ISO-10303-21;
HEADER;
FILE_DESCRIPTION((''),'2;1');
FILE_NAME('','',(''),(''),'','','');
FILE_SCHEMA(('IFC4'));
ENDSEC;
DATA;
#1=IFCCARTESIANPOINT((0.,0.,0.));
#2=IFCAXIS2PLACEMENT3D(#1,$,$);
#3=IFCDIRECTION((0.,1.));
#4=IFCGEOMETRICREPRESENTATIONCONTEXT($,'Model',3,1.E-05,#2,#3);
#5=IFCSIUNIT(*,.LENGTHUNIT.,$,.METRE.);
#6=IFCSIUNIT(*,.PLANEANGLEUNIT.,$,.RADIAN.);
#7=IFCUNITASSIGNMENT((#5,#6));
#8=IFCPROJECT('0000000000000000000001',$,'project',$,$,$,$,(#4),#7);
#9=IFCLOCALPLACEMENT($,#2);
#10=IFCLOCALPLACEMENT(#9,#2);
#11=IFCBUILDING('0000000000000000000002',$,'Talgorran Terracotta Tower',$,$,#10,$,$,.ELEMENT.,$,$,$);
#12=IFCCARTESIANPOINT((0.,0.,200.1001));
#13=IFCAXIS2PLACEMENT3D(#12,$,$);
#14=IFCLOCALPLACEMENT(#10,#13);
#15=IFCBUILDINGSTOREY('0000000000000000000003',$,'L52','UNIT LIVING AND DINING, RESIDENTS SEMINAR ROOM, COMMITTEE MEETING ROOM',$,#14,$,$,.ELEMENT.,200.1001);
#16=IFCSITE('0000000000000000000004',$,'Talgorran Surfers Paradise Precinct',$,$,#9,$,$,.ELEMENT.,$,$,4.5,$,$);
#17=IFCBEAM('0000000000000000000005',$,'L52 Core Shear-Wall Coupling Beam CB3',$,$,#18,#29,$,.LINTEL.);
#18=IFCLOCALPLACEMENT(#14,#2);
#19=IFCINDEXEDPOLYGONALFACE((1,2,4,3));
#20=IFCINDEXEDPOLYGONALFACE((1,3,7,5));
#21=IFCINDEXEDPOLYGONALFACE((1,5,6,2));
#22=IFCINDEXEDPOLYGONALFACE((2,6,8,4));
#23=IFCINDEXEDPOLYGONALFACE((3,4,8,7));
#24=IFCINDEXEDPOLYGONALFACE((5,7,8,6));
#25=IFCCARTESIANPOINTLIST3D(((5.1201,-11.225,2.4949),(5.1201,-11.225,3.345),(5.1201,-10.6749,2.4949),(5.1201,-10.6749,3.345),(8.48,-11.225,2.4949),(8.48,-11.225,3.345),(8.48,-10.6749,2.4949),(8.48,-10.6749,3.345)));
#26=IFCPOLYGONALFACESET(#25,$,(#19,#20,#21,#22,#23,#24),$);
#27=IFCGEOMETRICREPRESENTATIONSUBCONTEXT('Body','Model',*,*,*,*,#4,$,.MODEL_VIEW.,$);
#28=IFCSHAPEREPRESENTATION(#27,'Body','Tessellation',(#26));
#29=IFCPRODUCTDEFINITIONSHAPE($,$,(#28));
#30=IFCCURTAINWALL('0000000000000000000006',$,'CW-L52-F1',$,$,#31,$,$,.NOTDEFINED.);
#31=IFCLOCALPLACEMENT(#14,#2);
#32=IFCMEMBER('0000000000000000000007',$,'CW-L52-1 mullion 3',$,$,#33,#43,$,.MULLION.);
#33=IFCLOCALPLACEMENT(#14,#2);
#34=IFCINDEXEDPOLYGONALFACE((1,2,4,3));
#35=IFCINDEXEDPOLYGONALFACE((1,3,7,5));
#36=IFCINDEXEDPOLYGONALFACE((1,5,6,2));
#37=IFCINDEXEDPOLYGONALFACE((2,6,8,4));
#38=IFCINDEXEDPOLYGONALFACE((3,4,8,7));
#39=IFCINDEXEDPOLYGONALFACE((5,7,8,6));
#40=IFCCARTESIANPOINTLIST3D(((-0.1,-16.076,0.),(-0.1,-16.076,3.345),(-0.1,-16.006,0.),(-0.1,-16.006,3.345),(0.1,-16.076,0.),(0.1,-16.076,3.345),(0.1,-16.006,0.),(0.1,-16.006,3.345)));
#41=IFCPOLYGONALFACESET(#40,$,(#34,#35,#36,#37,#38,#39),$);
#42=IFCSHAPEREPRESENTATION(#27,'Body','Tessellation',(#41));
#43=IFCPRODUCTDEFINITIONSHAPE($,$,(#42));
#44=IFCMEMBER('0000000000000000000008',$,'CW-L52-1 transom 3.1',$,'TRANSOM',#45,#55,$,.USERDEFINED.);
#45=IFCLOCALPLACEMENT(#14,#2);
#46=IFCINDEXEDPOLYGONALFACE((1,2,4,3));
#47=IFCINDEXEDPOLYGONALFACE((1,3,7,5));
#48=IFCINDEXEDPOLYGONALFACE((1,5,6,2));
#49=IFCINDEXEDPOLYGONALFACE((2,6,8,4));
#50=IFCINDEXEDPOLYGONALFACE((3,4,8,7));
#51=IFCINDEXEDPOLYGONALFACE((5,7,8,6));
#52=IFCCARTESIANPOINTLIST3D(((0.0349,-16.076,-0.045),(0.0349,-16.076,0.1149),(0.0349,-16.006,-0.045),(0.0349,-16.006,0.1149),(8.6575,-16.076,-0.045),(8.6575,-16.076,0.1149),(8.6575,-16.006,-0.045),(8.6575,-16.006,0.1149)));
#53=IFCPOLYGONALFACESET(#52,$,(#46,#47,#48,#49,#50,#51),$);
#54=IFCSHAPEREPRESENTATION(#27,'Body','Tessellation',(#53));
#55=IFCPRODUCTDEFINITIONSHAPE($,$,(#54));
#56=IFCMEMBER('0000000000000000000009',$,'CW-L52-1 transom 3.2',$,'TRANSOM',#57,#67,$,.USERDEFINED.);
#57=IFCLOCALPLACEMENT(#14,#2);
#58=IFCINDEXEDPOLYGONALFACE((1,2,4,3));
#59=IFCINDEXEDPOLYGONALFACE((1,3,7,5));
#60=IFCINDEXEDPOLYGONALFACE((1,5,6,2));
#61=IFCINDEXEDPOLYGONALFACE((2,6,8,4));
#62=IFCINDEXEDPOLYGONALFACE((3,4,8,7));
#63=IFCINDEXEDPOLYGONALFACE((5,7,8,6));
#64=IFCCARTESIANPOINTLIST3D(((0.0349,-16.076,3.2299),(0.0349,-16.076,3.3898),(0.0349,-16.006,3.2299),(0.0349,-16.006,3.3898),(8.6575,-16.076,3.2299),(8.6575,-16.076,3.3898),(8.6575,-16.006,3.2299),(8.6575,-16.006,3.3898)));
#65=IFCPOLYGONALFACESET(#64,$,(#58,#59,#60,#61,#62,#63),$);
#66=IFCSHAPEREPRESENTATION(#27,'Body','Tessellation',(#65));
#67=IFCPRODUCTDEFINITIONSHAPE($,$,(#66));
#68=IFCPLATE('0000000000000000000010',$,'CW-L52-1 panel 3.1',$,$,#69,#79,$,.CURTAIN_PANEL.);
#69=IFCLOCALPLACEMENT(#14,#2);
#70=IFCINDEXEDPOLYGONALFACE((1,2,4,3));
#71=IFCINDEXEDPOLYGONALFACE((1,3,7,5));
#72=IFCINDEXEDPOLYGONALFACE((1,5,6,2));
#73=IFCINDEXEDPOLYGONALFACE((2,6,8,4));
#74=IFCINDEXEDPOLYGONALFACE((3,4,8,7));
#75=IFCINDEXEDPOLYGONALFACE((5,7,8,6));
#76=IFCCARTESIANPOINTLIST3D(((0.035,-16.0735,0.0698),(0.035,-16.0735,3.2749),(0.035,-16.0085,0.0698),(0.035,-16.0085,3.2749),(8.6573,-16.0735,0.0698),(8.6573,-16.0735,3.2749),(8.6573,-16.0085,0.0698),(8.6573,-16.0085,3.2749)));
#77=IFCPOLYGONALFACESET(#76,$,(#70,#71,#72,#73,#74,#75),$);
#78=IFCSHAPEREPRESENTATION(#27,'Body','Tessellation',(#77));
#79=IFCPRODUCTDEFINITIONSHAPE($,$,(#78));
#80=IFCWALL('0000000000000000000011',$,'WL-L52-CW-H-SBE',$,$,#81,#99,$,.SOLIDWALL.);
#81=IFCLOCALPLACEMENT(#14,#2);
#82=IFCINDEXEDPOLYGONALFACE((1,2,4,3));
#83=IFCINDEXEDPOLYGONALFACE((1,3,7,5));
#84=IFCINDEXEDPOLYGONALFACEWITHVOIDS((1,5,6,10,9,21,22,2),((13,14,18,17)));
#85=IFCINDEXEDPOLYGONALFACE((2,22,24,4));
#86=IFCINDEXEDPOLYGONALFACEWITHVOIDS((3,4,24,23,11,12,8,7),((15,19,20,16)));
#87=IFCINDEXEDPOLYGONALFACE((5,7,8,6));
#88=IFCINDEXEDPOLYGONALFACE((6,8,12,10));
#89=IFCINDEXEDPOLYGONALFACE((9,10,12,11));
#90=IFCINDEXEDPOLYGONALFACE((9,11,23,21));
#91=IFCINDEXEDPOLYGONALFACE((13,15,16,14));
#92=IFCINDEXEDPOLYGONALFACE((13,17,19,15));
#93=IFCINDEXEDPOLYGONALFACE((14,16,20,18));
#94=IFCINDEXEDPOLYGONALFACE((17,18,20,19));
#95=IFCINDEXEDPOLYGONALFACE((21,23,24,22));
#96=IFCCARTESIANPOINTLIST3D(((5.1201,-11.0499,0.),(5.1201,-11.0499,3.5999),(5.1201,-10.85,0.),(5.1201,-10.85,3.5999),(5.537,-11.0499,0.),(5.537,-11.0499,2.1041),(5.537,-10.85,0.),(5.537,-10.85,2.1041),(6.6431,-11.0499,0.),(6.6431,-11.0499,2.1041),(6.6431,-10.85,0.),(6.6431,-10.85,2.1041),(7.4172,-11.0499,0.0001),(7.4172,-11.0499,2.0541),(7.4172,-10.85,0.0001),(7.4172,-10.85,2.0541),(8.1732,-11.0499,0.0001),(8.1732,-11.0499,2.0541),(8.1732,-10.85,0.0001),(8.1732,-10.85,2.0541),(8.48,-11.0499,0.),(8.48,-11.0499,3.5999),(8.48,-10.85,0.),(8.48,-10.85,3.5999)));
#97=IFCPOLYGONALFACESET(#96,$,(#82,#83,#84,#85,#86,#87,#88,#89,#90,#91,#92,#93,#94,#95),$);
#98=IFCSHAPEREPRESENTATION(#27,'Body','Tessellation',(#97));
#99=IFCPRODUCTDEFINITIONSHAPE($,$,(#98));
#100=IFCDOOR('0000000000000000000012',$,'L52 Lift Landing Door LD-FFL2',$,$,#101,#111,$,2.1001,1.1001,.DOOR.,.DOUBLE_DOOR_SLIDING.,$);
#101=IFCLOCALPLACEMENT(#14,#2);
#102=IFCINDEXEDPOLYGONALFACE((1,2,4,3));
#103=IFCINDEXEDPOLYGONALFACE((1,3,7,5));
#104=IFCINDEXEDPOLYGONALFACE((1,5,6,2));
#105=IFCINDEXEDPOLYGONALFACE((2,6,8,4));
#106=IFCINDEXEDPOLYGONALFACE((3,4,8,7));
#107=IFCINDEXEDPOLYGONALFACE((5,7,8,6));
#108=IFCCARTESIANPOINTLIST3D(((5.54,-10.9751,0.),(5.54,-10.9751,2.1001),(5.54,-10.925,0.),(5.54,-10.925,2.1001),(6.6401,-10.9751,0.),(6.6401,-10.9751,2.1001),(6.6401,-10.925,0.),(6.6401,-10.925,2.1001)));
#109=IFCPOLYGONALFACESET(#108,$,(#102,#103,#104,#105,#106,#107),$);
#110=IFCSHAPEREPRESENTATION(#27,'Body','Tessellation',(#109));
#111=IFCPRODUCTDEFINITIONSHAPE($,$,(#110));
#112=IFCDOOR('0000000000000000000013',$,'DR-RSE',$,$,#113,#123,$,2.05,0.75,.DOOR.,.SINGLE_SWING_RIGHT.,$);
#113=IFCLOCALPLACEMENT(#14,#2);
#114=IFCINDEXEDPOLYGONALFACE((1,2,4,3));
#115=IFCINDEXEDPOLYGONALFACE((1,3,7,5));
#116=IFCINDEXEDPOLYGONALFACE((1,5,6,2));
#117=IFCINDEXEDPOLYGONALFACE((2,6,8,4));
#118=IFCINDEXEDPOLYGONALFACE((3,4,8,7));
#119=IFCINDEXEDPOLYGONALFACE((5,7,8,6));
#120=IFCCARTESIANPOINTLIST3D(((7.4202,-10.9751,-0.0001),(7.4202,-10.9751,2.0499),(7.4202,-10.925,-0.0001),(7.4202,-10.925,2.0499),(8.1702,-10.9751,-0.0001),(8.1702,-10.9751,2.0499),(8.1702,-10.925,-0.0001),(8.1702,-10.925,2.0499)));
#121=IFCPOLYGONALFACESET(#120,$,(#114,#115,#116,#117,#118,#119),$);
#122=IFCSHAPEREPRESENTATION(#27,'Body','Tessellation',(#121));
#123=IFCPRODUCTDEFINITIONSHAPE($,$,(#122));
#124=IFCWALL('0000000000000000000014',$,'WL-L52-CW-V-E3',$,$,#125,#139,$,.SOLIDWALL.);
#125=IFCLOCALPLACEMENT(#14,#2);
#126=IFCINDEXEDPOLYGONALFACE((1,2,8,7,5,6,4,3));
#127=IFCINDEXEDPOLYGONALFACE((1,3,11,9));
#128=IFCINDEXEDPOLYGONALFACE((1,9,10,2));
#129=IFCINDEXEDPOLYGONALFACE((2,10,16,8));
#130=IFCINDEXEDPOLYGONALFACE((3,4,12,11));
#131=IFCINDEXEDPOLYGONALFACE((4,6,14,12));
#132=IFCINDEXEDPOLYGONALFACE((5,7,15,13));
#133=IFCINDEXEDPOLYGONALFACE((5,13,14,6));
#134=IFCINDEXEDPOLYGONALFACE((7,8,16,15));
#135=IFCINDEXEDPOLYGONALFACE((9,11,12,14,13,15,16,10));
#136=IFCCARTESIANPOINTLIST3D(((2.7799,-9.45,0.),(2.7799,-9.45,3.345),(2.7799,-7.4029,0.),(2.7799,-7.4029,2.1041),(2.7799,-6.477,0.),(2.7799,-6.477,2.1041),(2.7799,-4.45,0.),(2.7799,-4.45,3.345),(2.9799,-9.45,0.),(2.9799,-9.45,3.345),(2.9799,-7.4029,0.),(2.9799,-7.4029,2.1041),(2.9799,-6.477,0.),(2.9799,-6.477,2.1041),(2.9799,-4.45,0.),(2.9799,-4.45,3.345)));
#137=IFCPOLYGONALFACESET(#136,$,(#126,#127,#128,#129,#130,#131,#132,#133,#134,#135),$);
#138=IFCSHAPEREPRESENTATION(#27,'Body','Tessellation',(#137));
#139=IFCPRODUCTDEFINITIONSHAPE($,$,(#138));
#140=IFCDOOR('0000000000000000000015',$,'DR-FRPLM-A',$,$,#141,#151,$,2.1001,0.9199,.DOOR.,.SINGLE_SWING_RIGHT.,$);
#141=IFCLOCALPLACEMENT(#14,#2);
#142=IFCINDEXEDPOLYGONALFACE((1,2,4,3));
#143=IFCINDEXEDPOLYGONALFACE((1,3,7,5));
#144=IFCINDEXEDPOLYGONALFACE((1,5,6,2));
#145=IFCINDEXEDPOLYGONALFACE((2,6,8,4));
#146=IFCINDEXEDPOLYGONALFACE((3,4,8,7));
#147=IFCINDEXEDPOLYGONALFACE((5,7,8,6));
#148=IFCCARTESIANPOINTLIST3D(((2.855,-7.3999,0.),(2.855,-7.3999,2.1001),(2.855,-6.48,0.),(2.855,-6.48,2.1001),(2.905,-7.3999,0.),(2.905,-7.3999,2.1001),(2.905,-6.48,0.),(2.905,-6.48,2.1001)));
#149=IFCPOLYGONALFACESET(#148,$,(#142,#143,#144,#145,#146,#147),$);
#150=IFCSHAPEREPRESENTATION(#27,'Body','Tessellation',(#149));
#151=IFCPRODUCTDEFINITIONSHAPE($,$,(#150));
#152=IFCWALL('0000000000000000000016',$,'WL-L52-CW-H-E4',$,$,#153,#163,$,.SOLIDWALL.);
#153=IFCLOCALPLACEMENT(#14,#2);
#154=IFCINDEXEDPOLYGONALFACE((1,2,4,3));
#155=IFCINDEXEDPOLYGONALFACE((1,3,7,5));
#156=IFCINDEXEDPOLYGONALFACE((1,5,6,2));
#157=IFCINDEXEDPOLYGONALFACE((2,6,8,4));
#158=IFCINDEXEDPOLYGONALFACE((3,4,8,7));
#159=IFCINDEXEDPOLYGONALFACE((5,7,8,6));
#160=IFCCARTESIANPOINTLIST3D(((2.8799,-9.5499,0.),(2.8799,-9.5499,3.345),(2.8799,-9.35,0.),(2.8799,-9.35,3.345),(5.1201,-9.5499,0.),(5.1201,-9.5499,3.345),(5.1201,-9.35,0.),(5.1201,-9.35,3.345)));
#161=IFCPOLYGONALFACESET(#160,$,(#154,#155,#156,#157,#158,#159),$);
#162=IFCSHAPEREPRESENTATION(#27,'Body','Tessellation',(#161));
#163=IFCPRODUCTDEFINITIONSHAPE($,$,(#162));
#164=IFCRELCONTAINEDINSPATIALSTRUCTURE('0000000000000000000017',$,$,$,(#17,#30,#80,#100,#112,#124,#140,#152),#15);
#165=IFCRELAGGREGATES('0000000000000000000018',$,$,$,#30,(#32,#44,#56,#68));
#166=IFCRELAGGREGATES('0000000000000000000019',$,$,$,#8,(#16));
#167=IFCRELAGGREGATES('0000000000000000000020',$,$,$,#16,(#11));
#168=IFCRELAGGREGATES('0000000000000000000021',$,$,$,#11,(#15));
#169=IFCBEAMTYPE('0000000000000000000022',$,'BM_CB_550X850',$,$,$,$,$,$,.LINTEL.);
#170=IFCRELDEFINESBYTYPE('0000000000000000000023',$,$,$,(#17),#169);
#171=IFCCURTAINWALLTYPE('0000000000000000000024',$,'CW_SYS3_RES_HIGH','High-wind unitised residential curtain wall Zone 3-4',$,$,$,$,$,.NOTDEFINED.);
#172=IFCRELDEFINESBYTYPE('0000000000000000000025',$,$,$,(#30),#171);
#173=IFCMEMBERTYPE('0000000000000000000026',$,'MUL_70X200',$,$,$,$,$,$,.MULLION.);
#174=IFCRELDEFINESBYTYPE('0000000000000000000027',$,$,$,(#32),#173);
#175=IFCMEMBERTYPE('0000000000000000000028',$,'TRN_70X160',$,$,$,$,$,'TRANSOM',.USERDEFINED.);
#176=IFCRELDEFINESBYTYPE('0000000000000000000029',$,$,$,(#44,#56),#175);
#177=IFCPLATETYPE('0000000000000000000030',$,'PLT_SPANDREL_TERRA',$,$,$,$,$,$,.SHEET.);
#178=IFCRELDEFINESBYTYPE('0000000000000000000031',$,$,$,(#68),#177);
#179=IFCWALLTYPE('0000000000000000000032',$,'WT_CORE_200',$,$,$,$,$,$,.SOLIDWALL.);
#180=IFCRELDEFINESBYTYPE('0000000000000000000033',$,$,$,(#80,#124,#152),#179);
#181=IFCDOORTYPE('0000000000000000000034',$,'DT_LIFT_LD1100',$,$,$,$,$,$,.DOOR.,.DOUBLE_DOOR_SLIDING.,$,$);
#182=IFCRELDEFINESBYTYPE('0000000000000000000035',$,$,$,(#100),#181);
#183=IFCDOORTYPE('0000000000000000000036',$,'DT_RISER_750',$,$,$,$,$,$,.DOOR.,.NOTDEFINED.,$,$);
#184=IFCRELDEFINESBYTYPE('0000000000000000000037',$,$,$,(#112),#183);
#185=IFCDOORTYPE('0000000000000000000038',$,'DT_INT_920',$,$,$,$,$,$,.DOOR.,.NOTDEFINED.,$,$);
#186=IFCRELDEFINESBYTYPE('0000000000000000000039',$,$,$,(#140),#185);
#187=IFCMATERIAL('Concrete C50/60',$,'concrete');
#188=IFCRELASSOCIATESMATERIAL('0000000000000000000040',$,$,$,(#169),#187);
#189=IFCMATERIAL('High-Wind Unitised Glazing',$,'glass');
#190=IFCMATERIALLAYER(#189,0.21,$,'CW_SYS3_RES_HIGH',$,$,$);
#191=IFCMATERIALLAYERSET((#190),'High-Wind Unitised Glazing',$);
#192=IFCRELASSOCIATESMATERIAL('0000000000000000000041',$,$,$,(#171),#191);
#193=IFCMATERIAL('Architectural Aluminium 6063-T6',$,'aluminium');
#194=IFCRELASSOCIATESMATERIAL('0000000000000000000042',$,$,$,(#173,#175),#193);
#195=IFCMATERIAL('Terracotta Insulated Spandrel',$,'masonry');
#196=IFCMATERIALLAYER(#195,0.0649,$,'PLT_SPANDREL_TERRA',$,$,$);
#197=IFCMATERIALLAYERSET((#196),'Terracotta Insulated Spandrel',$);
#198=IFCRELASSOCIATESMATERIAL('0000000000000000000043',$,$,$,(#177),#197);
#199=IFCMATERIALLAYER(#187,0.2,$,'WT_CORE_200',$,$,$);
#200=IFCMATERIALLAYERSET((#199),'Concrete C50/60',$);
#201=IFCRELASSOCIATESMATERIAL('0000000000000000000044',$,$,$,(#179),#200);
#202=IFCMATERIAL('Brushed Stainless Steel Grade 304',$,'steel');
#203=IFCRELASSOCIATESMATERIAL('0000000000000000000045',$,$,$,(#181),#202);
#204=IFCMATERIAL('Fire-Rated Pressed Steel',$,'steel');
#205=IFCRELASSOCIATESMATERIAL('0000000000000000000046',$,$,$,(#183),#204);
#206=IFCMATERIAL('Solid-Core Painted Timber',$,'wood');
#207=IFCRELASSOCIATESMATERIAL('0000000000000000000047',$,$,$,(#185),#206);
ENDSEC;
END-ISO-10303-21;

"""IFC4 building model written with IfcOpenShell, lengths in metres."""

from ifc_helpers import new_model, si_unit, direction, frame, frame_2d, origin, origin_2d, place, context, subcontext, project, spatial, rectangle, extrude, source, transform, mapped, material, layer, layer_set, material_profile, profile_set, type_object, type_shapes, element, fill, aggregate, save


model = new_model("IFC4")

# Units and contexts
model_context = context("Model", 3, precision=1e-05, world=origin(), true_north=direction((0.0, 1.0)))
body_context = subcontext(model_context, "Body", "Model", "MODEL_VIEW")
ifc_project = project(units=[si_unit("LENGTHUNIT", "METRE"), si_unit("PLANEANGLEUNIT", "RADIAN")], contexts=[model_context])

# Site, building, storey
site_placement = place(None, origin())
site = spatial("IfcSite", under=ifc_project, at=site_placement, Name="Talgorran Surfers Paradise Precinct", CompositionType="ELEMENT", RefElevation=4.5)
building_placement = place(site_placement, origin())
building = spatial("IfcBuilding", under=site, at=building_placement, Name="Talgorran Terracotta Tower", CompositionType="ELEMENT")
storey_placement = place(building_placement, frame((0.0, 0.0, 200.1001)))
storey = spatial("IfcBuildingStorey", under=building, at=storey_placement, Name="L52", Description="UNIT LIVING AND DINING, RESIDENTS SEMINAR ROOM, COMMITTEE MEETING ROOM", CompositionType="ELEMENT", Elevation=200.1001)

# Beam
ifc_material_1 = material(Name="Concrete C50/60", Category="concrete")
ifc_material_profile_1 = material_profile(ifc_material_1, rectangle(XDim=0.55, YDim=0.8501, at=origin_2d()), Name="RCCB550X850")
ifc_profile_set_1 = profile_set([ifc_material_profile_1], Name="Concrete C50/60")
beam_type = type_object("IfcBeamType", Name="BM_CB_550X850", PredefinedType="LINTEL", material=ifc_profile_set_1)
beam_placement = place(storey_placement, frame((5.1201, -10.95, 2.9199), z_axis=(1.0, 0.0, 0.0), x_axis=(0.0, 1.0, 0.0)))
element("IfcBeam", 1, at=beam_placement, inside=storey, type_object=beam_type, Name="L52 Core Shear-Wall Coupling Beam CB3", PredefinedType="LINTEL", context=body_context, shape_type="SweptSolid", body=[
    extrude(rectangle(XDim=0.55, YDim=0.8501, at=origin_2d()), origin(), (0.0, 0.0, 1.0), 3.3599),
])

# Curtain wall, members, plate
ifc_material_2 = material(Name="High-Wind Unitised Glazing", Category="glass")
ifc_layer_1 = layer(ifc_material_2, 0.21, Name="CW_SYS3_RES_HIGH")
ifc_layer_set_1 = layer_set([ifc_layer_1], Name="High-Wind Unitised Glazing")
curtain_wall_type = type_object("IfcCurtainWallType", Name="CW_SYS3_RES_HIGH", Description="High-wind unitised residential curtain wall Zone 3-4", PredefinedType="NOTDEFINED", material=ifc_layer_set_1)
curtain_wall_placement = place(storey_placement, origin())
curtain_wall = element("IfcCurtainWall", 2, at=curtain_wall_placement, inside=storey, type_object=curtain_wall_type, Name="CW-L52-F1", PredefinedType="NOTDEFINED")
ifc_material_3 = material(Name="Architectural Aluminium 6063-T6", Category="aluminium")
ifc_material_profile_2 = material_profile(ifc_material_3, rectangle(XDim=0.0701, YDim=0.2, at=origin_2d()), Name="CWM70X200")
ifc_profile_set_2 = profile_set([ifc_material_profile_2], Name="Architectural Aluminium 6063-T6")
member_type_1 = type_object("IfcMemberType", Name="MUL_70X200", PredefinedType="MULLION", material=ifc_profile_set_2)
member_1_placement = place(storey_placement, frame((0.0, -16.041, 0.0), z_axis=(0.0, 0.0, 1.0), x_axis=(0.0, 1.0, 0.0)))
member_1 = element("IfcMember", 3, at=member_1_placement, type_object=member_type_1, Name="CW-L52-1 mullion 3", PredefinedType="MULLION", context=body_context, shape_type="SweptSolid", body=[
    extrude(rectangle(XDim=0.0701, YDim=0.2, at=origin_2d()), origin(), (0.0, 0.0, 1.0), 3.345),
])
ifc_material_profile_3 = material_profile(ifc_material_3, rectangle(XDim=0.0701, YDim=0.1599, at=origin_2d()), Name="CWT70X160")
ifc_profile_set_3 = profile_set([ifc_material_profile_3], Name="Architectural Aluminium 6063-T6")
member_type_2 = type_object("IfcMemberType", Name="TRN_70X160", ElementType="TRANSOM", PredefinedType="USERDEFINED", material=ifc_profile_set_3)
member_2_placement = place(storey_placement, frame((0.0349, -16.041, 0.0349), z_axis=(1.0, 0.0, 0.0), x_axis=(0.0, 1.0, 0.0)))
member_2 = element("IfcMember", 4, at=member_2_placement, type_object=member_type_2, Name="CW-L52-1 transom 3.1", ObjectType="TRANSOM", PredefinedType="USERDEFINED", context=body_context, shape_type="SweptSolid", body=[
    extrude(rectangle(XDim=0.0701, YDim=0.1599, at=origin_2d()), origin(), (0.0, 0.0, 1.0), 8.6226),
])
member_3_placement = place(storey_placement, frame((0.0349, -16.041, 3.3098), z_axis=(1.0, 0.0, 0.0), x_axis=(0.0, 1.0, 0.0)))
member_3 = element("IfcMember", 5, at=member_3_placement, type_object=member_type_2, Name="CW-L52-1 transom 3.2", ObjectType="TRANSOM", PredefinedType="USERDEFINED", context=body_context, shape_type="SweptSolid", body=[
    extrude(rectangle(XDim=0.0701, YDim=0.1599, at=origin_2d()), origin(), (0.0, 0.0, 1.0), 8.6226),
])
ifc_material_4 = material(Name="Terracotta Insulated Spandrel", Category="masonry")
ifc_layer_2 = layer(ifc_material_4, 0.0649, Name="PLT_SPANDREL_TERRA")
ifc_layer_set_2 = layer_set([ifc_layer_2], Name="Terracotta Insulated Spandrel")
plate_type = type_object("IfcPlateType", Name="PLT_SPANDREL_TERRA", PredefinedType="SHEET", material=ifc_layer_set_2)
shared_shape = source(origin(), body_context, "Body", "SweptSolid", [
    extrude(rectangle(XDim=8.6223, YDim=0.0649, at=origin_2d()), origin(), (0.0, 0.0, 1.0), 3.2051),
])
type_shapes(plate_type, [shared_shape])
plate_placement = place(storey_placement, frame((4.3462, -16.041, 0.0698), z_axis=(0.0, 0.0, 1.0), x_axis=(1.0, 0.0, 0.0)))
plate = element("IfcPlate", 6, at=plate_placement, type_object=plate_type, Name="CW-L52-1 panel 3.1", PredefinedType="CURTAIN_PANEL", context=body_context, shape_type="MappedRepresentation", body=[
    mapped(shared_shape, transform((0.0, 0.0, 0.0), scale=1.0)),
])
aggregate(curtain_wall, [member_1, member_2, member_3, plate])

# Wall, openings, doors
ifc_layer_3 = layer(ifc_material_1, 0.2, Name="WT_CORE_200")
ifc_layer_set_3 = layer_set([ifc_layer_3], Name="Concrete C50/60")
wall_type_1 = type_object("IfcWallType", Name="WT_CORE_200", PredefinedType="SOLIDWALL", material=ifc_layer_set_3)
wall_1_placement = place(storey_placement, frame((5.1201, -10.95, 0.0), z_axis=(0.0, 0.0, 1.0), x_axis=(1.0, 0.0, 0.0)))
wall_1 = element("IfcWall", 7, at=wall_1_placement, inside=storey, type_object=wall_type_1, Name="WL-L52-CW-H-SBE", PredefinedType="SOLIDWALL", context=body_context, shape_type="SweptSolid", body=[
    extrude(rectangle(XDim=3.3599, YDim=0.2, at=frame_2d((1.6799, 0.0))), origin(), (0.0, 0.0, 1.0), 3.5999),
])
opening_1_placement = place(wall_1_placement, frame((0.4199, 0.0, 0.0)))
opening_1 = element("IfcOpeningElement", 8, at=opening_1_placement, cuts=wall_1, PredefinedType="OPENING", context=body_context, shape_type="SweptSolid", body=[
    extrude(rectangle(XDim=1.1061, YDim=2.1041, at=frame_2d((0.55, 1.052))), frame((0.0, 0.1099, 0.0), z_axis=(0.0, -1.0, 0.0), x_axis=(1.0, 0.0, 0.0)), (0.0, 0.0, 1.0), 0.22),
])
opening_2_placement = place(wall_1_placement, frame((2.3, 0.0, 0.0)))
opening_2 = element("IfcOpeningElement", 9, at=opening_2_placement, cuts=wall_1, PredefinedType="OPENING", context=body_context, shape_type="SweptSolid", body=[
    extrude(rectangle(XDim=0.756, YDim=2.054, at=frame_2d((0.375, 1.0271))), frame((0.0, 0.1099, 0.0), z_axis=(0.0, -1.0, 0.0), x_axis=(1.0, 0.0, 0.0)), (0.0, 0.0, 1.0), 0.22),
])
ifc_material_5 = material(Name="Brushed Stainless Steel Grade 304", Category="steel")
door_type_1 = type_object("IfcDoorType", Name="DT_LIFT_LD1100", OperationType="DOUBLE_DOOR_SLIDING", PredefinedType="DOOR", material=ifc_material_5)
door_1_placement = place(opening_1_placement, origin())
door_1 = element("IfcDoor", 10, at=door_1_placement, inside=storey, type_object=door_type_1, Name="L52 Lift Landing Door LD-FFL2", OperationType="DOUBLE_DOOR_SLIDING", OverallHeight=2.1001, OverallWidth=1.1001, PredefinedType="DOOR", context=body_context, shape_type="SweptSolid", body=[
    extrude(rectangle(XDim=1.1001, YDim=2.1001, at=frame_2d((0.55, 1.05))), frame((0.0, 0.0249, 0.0), z_axis=(0.0, -1.0, 0.0), x_axis=(1.0, 0.0, 0.0)), (0.0, 0.0, 1.0), 0.05),
])
fill(opening_1, door_1)
ifc_material_6 = material(Name="Fire-Rated Pressed Steel", Category="steel")
door_type_2 = type_object("IfcDoorType", Name="DT_RISER_750", OperationType="NOTDEFINED", PredefinedType="DOOR", material=ifc_material_6)
door_2_placement = place(opening_2_placement, origin())
door_2 = element("IfcDoor", 11, at=door_2_placement, inside=storey, type_object=door_type_2, Name="DR-RSE", OperationType="SINGLE_SWING_RIGHT", OverallHeight=2.05, OverallWidth=0.75, PredefinedType="DOOR", context=body_context, shape_type="SweptSolid", body=[
    extrude(rectangle(XDim=0.75, YDim=2.05, at=frame_2d((0.375, 1.0249))), frame((0.0, 0.0249, 0.0), z_axis=(0.0, -1.0, 0.0), x_axis=(1.0, 0.0, 0.0)), (0.0, 0.0, 1.0), 0.05),
])
fill(opening_2, door_2)

# Wall, opening, door
wall_2_placement = place(storey_placement, frame((2.8799, -9.45, 0.0), z_axis=(0.0, 0.0, 1.0), x_axis=(0.0, 1.0, 0.0)))
wall_2 = element("IfcWall", 12, at=wall_2_placement, inside=storey, type_object=wall_type_1, Name="WL-L52-CW-V-E3", PredefinedType="SOLIDWALL", context=body_context, shape_type="SweptSolid", body=[
    extrude(rectangle(XDim=5.0, YDim=0.2, at=frame_2d((2.5, 0.0))), origin(), (0.0, 0.0, 1.0), 3.345),
])
opening_3_placement = place(wall_2_placement, frame((2.05, 0.0, 0.0)))
opening_3 = element("IfcOpeningElement", 13, at=opening_3_placement, cuts=wall_2, PredefinedType="OPENING", context=body_context, shape_type="SweptSolid", body=[
    extrude(rectangle(XDim=0.9259, YDim=2.1041, at=frame_2d((0.46, 1.052))), frame((0.0, 0.1099, 0.0), z_axis=(0.0, -1.0, 0.0), x_axis=(1.0, 0.0, 0.0)), (0.0, 0.0, 1.0), 0.22),
])
ifc_material_7 = material(Name="Solid-Core Painted Timber", Category="wood")
door_type_3 = type_object("IfcDoorType", Name="DT_INT_920", OperationType="NOTDEFINED", PredefinedType="DOOR", material=ifc_material_7)
door_3_placement = place(opening_3_placement, origin())
door_3 = element("IfcDoor", 14, at=door_3_placement, inside=storey, type_object=door_type_3, Name="DR-FRPLM-A", OperationType="SINGLE_SWING_RIGHT", OverallHeight=2.1001, OverallWidth=0.9199, PredefinedType="DOOR", context=body_context, shape_type="SweptSolid", body=[
    extrude(rectangle(XDim=0.9199, YDim=2.1001, at=frame_2d((0.46, 1.05))), frame((0.0, 0.0249, 0.0), z_axis=(0.0, -1.0, 0.0), x_axis=(1.0, 0.0, 0.0)), (0.0, 0.0, 1.0), 0.05),
])
fill(opening_3, door_3)

# Wall
wall_3_placement = place(storey_placement, frame((2.8799, -9.45, 0.0), z_axis=(0.0, 0.0, 1.0), x_axis=(1.0, 0.0, 0.0)))
element("IfcWall", 15, at=wall_3_placement, inside=storey, type_object=wall_type_1, Name="WL-L52-CW-H-E4", PredefinedType="SOLIDWALL", context=body_context, shape_type="SweptSolid", body=[
    extrude(rectangle(XDim=2.2402, YDim=0.2, at=frame_2d((1.1201, 0.0))), origin(), (0.0, 0.0, 1.0), 3.345),
])

save(model, "model.ifc")
